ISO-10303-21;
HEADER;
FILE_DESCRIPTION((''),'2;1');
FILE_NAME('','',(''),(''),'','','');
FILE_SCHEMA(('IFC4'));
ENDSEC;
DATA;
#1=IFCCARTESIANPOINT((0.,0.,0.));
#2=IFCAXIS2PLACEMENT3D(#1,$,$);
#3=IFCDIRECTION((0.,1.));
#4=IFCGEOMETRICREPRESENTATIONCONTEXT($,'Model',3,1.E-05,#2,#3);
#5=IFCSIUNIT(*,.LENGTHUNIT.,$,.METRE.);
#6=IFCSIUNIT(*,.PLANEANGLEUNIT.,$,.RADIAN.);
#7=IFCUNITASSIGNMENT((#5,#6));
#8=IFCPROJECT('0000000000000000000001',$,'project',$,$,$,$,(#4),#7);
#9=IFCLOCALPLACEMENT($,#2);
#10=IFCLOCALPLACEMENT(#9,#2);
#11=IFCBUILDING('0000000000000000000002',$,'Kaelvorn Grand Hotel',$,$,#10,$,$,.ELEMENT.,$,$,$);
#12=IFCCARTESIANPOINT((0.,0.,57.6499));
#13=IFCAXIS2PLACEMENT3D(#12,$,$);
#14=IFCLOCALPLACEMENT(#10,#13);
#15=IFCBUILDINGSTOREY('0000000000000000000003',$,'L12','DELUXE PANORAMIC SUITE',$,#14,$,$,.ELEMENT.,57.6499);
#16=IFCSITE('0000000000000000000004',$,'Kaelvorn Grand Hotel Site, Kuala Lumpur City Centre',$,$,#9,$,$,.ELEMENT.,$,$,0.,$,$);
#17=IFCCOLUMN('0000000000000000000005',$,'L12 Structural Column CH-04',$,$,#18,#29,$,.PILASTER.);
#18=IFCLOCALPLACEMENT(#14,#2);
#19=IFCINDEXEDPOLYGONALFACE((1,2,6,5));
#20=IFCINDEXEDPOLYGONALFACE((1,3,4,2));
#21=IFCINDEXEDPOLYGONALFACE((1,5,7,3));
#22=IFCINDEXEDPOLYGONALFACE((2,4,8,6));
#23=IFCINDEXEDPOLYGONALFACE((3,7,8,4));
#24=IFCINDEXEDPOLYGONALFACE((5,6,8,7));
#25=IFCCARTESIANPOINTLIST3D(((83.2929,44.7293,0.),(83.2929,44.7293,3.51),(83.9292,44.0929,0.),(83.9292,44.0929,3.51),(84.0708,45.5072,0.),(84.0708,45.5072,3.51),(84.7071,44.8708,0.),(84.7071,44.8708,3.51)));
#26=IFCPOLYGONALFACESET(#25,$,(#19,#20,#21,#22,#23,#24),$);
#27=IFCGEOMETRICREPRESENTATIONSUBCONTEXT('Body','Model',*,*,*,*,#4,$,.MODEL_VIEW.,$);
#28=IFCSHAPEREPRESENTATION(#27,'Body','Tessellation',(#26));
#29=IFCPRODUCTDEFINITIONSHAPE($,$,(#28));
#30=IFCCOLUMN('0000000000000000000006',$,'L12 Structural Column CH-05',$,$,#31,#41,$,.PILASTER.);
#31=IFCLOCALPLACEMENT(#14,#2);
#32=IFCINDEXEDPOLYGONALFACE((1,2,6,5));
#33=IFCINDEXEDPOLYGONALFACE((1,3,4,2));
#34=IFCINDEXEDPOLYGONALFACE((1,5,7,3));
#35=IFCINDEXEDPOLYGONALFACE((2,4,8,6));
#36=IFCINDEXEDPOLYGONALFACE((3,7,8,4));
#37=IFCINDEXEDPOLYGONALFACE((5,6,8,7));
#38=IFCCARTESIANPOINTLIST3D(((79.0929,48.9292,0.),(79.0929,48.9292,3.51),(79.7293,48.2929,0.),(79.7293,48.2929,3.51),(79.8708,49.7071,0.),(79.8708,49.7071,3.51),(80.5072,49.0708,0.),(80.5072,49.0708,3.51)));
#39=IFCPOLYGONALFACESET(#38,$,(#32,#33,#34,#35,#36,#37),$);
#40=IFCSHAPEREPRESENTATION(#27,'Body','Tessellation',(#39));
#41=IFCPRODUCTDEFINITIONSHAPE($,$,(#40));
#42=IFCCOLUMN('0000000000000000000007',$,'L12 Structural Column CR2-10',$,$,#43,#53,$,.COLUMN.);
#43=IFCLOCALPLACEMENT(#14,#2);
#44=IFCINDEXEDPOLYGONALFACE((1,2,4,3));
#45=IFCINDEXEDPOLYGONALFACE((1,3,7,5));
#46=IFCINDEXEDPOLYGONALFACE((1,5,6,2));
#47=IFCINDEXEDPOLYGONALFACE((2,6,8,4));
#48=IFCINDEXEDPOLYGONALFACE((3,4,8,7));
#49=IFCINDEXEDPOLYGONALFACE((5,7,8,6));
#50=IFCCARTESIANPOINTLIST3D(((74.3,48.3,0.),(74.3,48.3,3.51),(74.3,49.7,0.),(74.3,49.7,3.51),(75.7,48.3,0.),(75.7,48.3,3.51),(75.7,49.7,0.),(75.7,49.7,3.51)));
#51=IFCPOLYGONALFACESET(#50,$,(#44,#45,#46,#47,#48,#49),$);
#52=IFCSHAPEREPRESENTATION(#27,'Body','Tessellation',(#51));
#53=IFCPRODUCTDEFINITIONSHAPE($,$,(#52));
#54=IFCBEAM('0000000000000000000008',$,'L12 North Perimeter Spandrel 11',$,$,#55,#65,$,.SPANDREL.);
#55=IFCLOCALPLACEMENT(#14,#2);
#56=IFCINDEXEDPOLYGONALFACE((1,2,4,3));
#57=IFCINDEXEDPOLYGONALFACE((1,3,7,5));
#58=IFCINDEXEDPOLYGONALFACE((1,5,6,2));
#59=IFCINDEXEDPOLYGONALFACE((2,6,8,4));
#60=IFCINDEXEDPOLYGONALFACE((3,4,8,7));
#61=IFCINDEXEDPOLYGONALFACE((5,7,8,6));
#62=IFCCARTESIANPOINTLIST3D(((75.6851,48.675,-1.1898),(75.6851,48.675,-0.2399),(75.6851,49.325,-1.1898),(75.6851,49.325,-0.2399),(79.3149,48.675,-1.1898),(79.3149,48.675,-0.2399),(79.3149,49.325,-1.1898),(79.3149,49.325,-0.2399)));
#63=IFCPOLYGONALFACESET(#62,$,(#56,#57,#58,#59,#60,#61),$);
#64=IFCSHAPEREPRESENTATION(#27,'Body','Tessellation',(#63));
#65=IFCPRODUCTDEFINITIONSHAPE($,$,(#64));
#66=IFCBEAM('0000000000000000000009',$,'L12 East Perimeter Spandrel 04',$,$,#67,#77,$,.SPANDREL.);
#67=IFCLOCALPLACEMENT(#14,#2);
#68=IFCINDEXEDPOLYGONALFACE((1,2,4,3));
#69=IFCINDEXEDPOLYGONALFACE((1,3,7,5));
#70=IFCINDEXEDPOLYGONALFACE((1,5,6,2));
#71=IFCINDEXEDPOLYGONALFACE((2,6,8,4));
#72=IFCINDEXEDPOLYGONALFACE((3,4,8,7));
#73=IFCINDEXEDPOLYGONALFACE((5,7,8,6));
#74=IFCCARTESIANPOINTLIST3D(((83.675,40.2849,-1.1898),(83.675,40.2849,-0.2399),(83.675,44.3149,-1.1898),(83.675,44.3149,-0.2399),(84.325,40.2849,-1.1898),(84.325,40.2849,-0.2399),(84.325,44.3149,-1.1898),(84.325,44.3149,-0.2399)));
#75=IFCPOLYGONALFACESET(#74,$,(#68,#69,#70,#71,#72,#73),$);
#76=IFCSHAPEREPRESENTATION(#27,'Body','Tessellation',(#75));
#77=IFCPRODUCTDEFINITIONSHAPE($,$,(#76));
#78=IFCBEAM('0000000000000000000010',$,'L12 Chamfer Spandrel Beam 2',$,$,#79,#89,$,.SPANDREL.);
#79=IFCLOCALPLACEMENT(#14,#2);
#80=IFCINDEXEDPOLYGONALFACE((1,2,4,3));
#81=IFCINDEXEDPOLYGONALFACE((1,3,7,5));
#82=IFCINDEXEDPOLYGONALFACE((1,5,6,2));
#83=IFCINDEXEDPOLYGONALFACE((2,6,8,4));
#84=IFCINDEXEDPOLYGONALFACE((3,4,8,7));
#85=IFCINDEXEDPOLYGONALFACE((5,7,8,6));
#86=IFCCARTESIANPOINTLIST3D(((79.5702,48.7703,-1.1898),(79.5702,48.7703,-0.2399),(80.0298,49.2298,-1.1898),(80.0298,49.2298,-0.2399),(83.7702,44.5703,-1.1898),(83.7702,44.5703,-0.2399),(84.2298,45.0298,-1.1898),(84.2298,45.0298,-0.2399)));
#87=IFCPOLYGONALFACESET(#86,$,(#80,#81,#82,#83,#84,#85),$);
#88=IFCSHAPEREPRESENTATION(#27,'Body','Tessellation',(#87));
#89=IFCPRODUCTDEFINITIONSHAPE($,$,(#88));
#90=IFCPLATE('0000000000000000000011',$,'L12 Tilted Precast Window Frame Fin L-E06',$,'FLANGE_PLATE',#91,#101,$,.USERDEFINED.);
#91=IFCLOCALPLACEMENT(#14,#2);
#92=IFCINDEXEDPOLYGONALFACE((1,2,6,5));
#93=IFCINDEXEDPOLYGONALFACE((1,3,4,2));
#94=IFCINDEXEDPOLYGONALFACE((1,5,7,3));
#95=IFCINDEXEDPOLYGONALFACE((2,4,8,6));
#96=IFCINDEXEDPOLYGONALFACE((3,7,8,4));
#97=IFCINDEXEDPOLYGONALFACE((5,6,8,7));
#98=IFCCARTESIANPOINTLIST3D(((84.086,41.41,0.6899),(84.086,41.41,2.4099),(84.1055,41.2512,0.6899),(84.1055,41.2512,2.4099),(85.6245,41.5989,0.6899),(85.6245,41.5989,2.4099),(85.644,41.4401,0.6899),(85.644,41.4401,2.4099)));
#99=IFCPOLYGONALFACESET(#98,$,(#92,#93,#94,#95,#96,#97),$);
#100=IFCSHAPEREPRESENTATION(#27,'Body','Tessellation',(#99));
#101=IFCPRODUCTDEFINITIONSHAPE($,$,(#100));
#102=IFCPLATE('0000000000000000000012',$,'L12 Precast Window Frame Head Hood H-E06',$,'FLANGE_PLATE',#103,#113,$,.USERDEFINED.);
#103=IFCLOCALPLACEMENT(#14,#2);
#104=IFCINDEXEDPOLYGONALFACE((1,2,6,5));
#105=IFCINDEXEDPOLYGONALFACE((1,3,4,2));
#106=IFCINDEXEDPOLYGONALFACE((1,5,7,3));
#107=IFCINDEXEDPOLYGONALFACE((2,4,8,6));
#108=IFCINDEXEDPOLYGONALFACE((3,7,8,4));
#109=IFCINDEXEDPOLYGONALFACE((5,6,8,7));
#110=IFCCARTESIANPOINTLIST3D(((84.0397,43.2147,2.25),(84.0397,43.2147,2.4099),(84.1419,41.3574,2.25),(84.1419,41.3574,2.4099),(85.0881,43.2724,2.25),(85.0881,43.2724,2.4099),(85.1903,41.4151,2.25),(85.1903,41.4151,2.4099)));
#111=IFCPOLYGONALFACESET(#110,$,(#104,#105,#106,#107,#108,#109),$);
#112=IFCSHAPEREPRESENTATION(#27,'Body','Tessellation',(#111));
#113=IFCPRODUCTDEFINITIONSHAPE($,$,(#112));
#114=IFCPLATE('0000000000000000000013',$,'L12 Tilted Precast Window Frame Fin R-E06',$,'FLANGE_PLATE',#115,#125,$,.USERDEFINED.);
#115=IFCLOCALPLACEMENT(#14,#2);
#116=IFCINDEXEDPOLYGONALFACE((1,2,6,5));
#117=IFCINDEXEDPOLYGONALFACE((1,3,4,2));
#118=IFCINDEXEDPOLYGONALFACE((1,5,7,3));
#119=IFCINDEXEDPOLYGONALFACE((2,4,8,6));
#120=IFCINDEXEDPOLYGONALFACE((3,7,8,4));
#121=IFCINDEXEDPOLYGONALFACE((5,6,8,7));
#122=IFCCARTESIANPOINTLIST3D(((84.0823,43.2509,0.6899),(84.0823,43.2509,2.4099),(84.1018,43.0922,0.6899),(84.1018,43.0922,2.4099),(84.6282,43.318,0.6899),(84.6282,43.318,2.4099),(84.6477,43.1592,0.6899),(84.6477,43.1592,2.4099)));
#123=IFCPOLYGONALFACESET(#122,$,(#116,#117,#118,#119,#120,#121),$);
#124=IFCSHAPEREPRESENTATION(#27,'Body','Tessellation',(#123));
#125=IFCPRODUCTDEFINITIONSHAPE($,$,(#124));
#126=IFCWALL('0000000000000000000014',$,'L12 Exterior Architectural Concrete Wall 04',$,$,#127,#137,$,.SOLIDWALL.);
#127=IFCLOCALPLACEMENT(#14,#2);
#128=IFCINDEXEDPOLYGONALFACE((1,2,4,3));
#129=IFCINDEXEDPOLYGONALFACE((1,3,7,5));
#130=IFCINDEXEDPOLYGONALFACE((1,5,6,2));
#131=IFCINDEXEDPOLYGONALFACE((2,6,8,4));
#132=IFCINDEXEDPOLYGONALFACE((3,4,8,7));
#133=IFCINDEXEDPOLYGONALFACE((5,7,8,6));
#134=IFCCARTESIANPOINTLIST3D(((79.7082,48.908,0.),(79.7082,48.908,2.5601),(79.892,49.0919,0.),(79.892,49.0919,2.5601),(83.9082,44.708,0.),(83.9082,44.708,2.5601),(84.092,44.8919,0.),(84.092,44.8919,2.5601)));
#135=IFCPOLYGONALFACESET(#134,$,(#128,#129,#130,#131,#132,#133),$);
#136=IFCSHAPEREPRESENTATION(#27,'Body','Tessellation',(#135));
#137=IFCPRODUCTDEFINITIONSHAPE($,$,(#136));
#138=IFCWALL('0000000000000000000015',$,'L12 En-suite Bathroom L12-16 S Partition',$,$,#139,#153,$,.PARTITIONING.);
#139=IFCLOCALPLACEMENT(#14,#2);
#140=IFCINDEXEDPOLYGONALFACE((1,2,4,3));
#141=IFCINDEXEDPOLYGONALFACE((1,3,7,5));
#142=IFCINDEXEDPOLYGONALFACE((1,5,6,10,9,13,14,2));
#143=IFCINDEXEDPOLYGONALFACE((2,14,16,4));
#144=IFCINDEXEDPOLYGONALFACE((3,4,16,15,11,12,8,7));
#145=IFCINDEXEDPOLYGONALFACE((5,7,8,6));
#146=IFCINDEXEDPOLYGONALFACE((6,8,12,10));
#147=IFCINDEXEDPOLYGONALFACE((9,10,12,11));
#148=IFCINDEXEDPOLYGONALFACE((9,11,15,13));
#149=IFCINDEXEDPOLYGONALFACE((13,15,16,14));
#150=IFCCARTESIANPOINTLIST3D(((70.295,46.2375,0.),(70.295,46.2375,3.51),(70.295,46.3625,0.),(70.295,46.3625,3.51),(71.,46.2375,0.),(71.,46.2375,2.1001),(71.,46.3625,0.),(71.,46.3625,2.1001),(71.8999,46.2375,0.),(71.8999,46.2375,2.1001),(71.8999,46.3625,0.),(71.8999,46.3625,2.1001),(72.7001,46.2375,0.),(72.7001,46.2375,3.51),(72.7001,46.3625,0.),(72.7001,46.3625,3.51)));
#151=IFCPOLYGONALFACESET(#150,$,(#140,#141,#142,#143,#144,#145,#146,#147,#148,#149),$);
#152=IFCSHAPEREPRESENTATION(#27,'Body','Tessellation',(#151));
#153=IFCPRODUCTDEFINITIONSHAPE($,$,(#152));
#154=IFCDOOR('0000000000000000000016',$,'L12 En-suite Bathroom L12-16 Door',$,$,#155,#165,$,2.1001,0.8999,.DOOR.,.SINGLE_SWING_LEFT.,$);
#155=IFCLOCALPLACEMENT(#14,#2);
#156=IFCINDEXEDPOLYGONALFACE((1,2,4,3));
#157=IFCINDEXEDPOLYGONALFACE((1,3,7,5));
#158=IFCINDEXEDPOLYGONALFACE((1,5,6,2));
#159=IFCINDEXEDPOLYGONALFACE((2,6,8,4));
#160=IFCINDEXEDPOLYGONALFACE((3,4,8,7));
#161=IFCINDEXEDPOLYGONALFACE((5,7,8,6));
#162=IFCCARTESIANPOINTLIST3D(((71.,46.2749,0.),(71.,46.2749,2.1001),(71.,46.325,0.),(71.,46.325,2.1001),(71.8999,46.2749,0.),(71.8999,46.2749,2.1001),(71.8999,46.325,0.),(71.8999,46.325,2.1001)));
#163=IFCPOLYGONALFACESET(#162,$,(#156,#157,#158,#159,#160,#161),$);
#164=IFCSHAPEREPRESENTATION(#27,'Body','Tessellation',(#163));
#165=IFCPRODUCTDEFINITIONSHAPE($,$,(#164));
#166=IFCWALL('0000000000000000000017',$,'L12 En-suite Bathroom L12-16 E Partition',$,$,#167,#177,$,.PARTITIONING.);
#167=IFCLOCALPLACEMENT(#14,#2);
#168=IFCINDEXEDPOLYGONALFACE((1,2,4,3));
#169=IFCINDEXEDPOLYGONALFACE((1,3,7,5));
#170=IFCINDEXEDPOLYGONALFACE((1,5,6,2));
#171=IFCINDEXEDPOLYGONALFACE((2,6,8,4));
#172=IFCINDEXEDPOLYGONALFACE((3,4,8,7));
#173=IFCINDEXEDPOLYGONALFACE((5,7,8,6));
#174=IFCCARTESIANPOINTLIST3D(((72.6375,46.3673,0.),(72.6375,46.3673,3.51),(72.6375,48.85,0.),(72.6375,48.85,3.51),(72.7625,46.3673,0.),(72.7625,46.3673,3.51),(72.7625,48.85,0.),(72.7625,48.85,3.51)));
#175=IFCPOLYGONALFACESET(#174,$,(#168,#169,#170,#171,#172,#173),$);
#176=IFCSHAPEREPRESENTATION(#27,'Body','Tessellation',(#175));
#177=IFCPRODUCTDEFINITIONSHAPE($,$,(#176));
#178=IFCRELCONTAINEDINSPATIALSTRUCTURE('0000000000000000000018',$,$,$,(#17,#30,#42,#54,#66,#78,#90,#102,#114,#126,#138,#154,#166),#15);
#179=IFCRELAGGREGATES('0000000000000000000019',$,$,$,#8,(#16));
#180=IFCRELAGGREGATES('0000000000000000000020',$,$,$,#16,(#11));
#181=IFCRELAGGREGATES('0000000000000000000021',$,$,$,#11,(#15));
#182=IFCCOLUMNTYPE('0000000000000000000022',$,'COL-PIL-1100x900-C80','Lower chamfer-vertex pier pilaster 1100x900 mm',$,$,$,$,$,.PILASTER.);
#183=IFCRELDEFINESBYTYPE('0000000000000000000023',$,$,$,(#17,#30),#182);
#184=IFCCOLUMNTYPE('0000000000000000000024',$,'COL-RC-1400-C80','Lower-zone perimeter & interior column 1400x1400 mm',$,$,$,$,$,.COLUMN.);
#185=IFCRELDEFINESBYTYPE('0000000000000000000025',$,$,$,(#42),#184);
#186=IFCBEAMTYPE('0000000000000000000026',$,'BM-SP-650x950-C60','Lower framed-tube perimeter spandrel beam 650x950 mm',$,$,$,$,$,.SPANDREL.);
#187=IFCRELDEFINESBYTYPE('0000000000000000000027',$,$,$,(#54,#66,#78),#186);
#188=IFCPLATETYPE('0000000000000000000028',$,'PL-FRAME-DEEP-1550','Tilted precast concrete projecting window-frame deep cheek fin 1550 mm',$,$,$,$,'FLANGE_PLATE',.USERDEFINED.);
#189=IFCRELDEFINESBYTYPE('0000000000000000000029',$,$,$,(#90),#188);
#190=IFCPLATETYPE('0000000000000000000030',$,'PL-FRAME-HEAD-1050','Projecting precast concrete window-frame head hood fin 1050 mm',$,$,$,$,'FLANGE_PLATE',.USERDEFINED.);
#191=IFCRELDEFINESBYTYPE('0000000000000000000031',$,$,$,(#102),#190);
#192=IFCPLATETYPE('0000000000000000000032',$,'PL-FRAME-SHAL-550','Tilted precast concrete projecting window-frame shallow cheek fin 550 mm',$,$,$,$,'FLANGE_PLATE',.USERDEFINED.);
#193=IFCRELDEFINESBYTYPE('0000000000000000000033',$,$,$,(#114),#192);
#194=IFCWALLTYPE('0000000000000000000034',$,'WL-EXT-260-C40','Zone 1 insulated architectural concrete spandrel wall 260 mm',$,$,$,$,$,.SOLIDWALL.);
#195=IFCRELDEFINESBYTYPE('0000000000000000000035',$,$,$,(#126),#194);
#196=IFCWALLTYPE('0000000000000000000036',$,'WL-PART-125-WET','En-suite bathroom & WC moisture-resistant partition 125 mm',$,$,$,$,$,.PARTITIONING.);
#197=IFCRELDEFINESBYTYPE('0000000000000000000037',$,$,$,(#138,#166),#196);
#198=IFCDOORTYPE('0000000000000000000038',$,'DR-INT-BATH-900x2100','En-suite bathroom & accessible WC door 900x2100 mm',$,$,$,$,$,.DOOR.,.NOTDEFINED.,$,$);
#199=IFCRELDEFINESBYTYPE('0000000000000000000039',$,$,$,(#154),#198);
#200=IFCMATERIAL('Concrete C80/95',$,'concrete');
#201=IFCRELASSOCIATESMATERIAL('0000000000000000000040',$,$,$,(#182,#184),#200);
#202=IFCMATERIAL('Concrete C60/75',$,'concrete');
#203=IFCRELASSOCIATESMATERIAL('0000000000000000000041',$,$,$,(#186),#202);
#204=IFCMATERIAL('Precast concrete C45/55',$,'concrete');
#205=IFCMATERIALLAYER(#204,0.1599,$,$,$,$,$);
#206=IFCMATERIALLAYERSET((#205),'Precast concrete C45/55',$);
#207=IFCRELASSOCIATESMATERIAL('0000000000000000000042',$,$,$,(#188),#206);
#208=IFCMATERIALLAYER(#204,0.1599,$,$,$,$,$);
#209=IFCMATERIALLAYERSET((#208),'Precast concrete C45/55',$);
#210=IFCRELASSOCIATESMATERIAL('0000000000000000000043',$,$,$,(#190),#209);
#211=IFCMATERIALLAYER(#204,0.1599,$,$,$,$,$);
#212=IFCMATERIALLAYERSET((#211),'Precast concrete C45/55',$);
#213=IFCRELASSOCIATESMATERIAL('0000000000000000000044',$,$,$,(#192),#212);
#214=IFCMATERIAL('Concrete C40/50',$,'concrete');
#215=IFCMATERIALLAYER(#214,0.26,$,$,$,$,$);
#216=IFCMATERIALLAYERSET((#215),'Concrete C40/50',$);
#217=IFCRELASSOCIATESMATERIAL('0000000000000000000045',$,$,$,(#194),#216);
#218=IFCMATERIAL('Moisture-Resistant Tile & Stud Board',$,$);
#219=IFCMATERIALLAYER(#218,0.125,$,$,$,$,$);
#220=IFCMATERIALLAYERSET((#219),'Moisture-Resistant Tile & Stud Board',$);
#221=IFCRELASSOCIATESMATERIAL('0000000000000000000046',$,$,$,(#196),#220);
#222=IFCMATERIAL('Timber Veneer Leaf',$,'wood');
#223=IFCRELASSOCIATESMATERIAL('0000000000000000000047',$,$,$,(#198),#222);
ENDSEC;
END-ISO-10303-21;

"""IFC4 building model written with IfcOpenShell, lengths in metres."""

from ifc_helpers import new_model, si_unit, direction, frame, frame_2d, origin, origin_2d, place, context, subcontext, project, spatial, rectangle, extrude, material, layer, layer_set, material_profile, profile_set, type_object, element, fill, save


model = new_model("IFC4")

# Units and contexts
model_context = context("Model", 3, precision=1e-05, world=origin(), true_north=direction((0.0, 1.0)))
body_context = subcontext(model_context, "Body", "Model", "MODEL_VIEW")
ifc_project = project(units=[si_unit("LENGTHUNIT", "METRE"), si_unit("PLANEANGLEUNIT", "RADIAN")], contexts=[model_context])

# Site, building, storey
site_placement = place(None, origin())
site = spatial("IfcSite", under=ifc_project, at=site_placement, Name="Kaelvorn Grand Hotel Site, Kuala Lumpur City Centre", CompositionType="ELEMENT", RefElevation=0.0)
building_placement = place(site_placement, origin())
building = spatial("IfcBuilding", under=site, at=building_placement, Name="Kaelvorn Grand Hotel", CompositionType="ELEMENT")
storey_placement = place(building_placement, frame((0.0, 0.0, 57.6499)))
storey = spatial("IfcBuildingStorey", under=building, at=storey_placement, Name="L12", Description="DELUXE PANORAMIC SUITE", CompositionType="ELEMENT", Elevation=57.6499)

# Columns
ifc_material_1 = material(Name="Concrete C80/95", Category="concrete")
ifc_material_profile_1 = material_profile(ifc_material_1, rectangle(XDim=1.1001, YDim=0.8999, at=origin_2d()), Name="RC PILASTER 1100x900")
ifc_profile_set_1 = profile_set([ifc_material_profile_1], Name="Concrete C80/95")
column_type_1 = type_object("IfcColumnType", Name="COL-PIL-1100x900-C80", Description="Lower chamfer-vertex pier pilaster 1100x900 mm", PredefinedType="PILASTER", material=ifc_profile_set_1)
for number, where, z_axis, x_axis, name in (
    (1, (84.0, 44.8, 0.0), (0.0, 0.0, 1.0), (0.707107, 0.707107, 0.0), "L12 Structural Column CH-04"),
    (2, (79.8, 49.0, 0.0), (0.0, 0.0, 1.0), (0.707107, 0.707107, 0.0), "L12 Structural Column CH-05"),
):
    element("IfcColumn", number, at=place(storey_placement, frame(where, z_axis=z_axis, x_axis=x_axis)), inside=storey, type_object=column_type_1, Name=name, PredefinedType="PILASTER", context=body_context, shape_type="SweptSolid", body=[
        extrude(rectangle(XDim=1.1001, YDim=0.8999, at=origin_2d()), origin(), (0.0, 0.0, 1.0), 3.51),
    ])
ifc_material_profile_2 = material_profile(ifc_material_1, rectangle(XDim=1.3999, YDim=1.3999, at=origin_2d()), Name="RC COL 1400x1400")
ifc_profile_set_2 = profile_set([ifc_material_profile_2], Name="Concrete C80/95")
column_type_2 = type_object("IfcColumnType", Name="COL-RC-1400-C80", Description="Lower-zone perimeter & interior column 1400x1400 mm", PredefinedType="COLUMN", material=ifc_profile_set_2)
column_placement = place(storey_placement, frame((75.0, 49.0, 0.0), z_axis=(0.0, 0.0, 1.0), x_axis=(1.0, 0.0, 0.0)))
element("IfcColumn", 3, at=column_placement, inside=storey, type_object=column_type_2, Name="L12 Structural Column CR2-10", PredefinedType="COLUMN", context=body_context, shape_type="SweptSolid", body=[
    extrude(rectangle(XDim=1.3999, YDim=1.3999, at=origin_2d()), origin(), (0.0, 0.0, 1.0), 3.51),
])

# Beams
ifc_material_2 = material(Name="Concrete C60/75", Category="concrete")
ifc_material_profile_3 = material_profile(ifc_material_2, rectangle(XDim=0.6499, YDim=0.95, at=origin_2d()), Name="RC SPANDREL 650x950")
ifc_profile_set_3 = profile_set([ifc_material_profile_3], Name="Concrete C60/75")
beam_type = type_object("IfcBeamType", Name="BM-SP-650x950-C60", Description="Lower framed-tube perimeter spandrel beam 650x950 mm", PredefinedType="SPANDREL", material=ifc_profile_set_3)
beam_1_placement = place(storey_placement, frame((75.6851, 49.0, -0.7148), z_axis=(1.0, 0.0, 0.0), x_axis=(0.0, 1.0, 0.0)))
element("IfcBeam", 4, at=beam_1_placement, inside=storey, type_object=beam_type, Name="L12 North Perimeter Spandrel 11", PredefinedType="SPANDREL", context=body_context, shape_type="SweptSolid", body=[
    extrude(rectangle(XDim=0.6499, YDim=0.95, at=origin_2d()), origin(), (0.0, 0.0, 1.0), 3.6299),
])
beam_2_placement = place(storey_placement, frame((84.0, 40.2849, -0.7148), z_axis=(0.0, 1.0, 0.0), x_axis=(-1.0, 0.0, 0.0)))
element("IfcBeam", 5, at=beam_2_placement, inside=storey, type_object=beam_type, Name="L12 East Perimeter Spandrel 04", PredefinedType="SPANDREL", context=body_context, shape_type="SweptSolid", body=[
    extrude(rectangle(XDim=0.6499, YDim=0.95, at=origin_2d()), origin(), (0.0, 0.0, 1.0), 4.03),
])
beam_3_placement = place(storey_placement, frame((84.0, 44.8, -0.7148), z_axis=(-0.707107, 0.707107, 0.0), x_axis=(-0.707107, -0.707107, 0.0)))
element("IfcBeam", 6, at=beam_3_placement, inside=storey, type_object=beam_type, Name="L12 Chamfer Spandrel Beam 2", PredefinedType="SPANDREL", context=body_context, shape_type="SweptSolid", body=[
    extrude(rectangle(XDim=0.6499, YDim=0.95, at=origin_2d()), origin(), (0.0, 0.0, 1.0), 5.9397),
])

# Plates
ifc_material_3 = material(Name="Precast concrete C45/55", Category="concrete")
ifc_layer_1 = layer(ifc_material_3, 0.1599)
ifc_layer_set_1 = layer_set([ifc_layer_1], Name="Precast concrete C45/55")
plate_type_1 = type_object("IfcPlateType", Name="PL-FRAME-DEEP-1550", Description="Tilted precast concrete projecting window-frame deep cheek fin 1550 mm", ElementType="FLANGE_PLATE", PredefinedType="USERDEFINED", material=ifc_layer_set_1)
plate_1_placement = place(storey_placement, frame((84.865, 41.425, 0.6899), z_axis=(0.0, 0.0, 1.0), x_axis=(-0.121869, 0.992546, 0.0)))
element("IfcPlate", 7, at=plate_1_placement, inside=storey, type_object=plate_type_1, Name="L12 Tilted Precast Window Frame Fin L-E06", ObjectType="FLANGE_PLATE", PredefinedType="USERDEFINED", context=body_context, shape_type="SweptSolid", body=[
    extrude(rectangle(XDim=0.1599, YDim=1.55, at=origin_2d()), origin(), (0.0, 0.0, 1.0), 1.72),
])
ifc_layer_2 = layer(ifc_material_3, 0.1599)
ifc_layer_set_2 = layer_set([ifc_layer_2], Name="Precast concrete C45/55")
plate_type_2 = type_object("IfcPlateType", Name="PL-FRAME-HEAD-1050", Description="Projecting precast concrete window-frame head hood fin 1050 mm", ElementType="FLANGE_PLATE", PredefinedType="USERDEFINED", material=ifc_layer_set_2)
plate_2_placement = place(storey_placement, frame((84.615, 42.3149, 2.25), z_axis=(0.0, 0.0, 1.0), x_axis=(-0.05495, 0.998489, 0.0)))
element("IfcPlate", 8, at=plate_2_placement, inside=storey, type_object=plate_type_2, Name="L12 Precast Window Frame Head Hood H-E06", ObjectType="FLANGE_PLATE", PredefinedType="USERDEFINED", context=body_context, shape_type="SweptSolid", body=[
    extrude(rectangle(XDim=1.8601, YDim=1.05, at=origin_2d()), origin(), (0.0, 0.0, 1.0), 0.1599),
])
ifc_layer_3 = layer(ifc_material_3, 0.1599)
ifc_layer_set_3 = layer_set([ifc_layer_3], Name="Precast concrete C45/55")
plate_type_3 = type_object("IfcPlateType", Name="PL-FRAME-SHAL-550", Description="Tilted precast concrete projecting window-frame shallow cheek fin 550 mm", ElementType="FLANGE_PLATE", PredefinedType="USERDEFINED", material=ifc_layer_set_3)
plate_3_placement = place(storey_placement, frame((84.365, 43.2051, 0.6899), z_axis=(0.0, 0.0, 1.0), x_axis=(-0.121869, 0.992546, 0.0)))
element("IfcPlate", 9, at=plate_3_placement, inside=storey, type_object=plate_type_3, Name="L12 Tilted Precast Window Frame Fin R-E06", ObjectType="FLANGE_PLATE", PredefinedType="USERDEFINED", context=body_context, shape_type="SweptSolid", body=[
    extrude(rectangle(XDim=0.1599, YDim=0.55, at=origin_2d()), origin(), (0.0, 0.0, 1.0), 1.72),
])

# Wall
ifc_material_4 = material(Name="Concrete C40/50", Category="concrete")
ifc_layer_4 = layer(ifc_material_4, 0.26)
ifc_layer_set_4 = layer_set([ifc_layer_4], Name="Concrete C40/50")
wall_type_1 = type_object("IfcWallType", Name="WL-EXT-260-C40", Description="Zone 1 insulated architectural concrete spandrel wall 260 mm", PredefinedType="SOLIDWALL", material=ifc_layer_set_4)
wall_1_placement = place(storey_placement, frame((84.0, 44.8, 0.0), z_axis=(0.0, 0.0, 1.0), x_axis=(-0.707107, 0.707107, 0.0)))
element("IfcWall", 10, at=wall_1_placement, inside=storey, type_object=wall_type_1, Name="L12 Exterior Architectural Concrete Wall 04", PredefinedType="SOLIDWALL", context=body_context, shape_type="SweptSolid", body=[
    extrude(rectangle(XDim=5.9397, YDim=0.26, at=frame_2d((2.9697, 0.0))), origin(), (0.0, 0.0, 1.0), 2.5601),
])

# Wall, opening, door
ifc_material_5 = material(Name="Moisture-Resistant Tile & Stud Board")
ifc_layer_5 = layer(ifc_material_5, 0.125)
ifc_layer_set_5 = layer_set([ifc_layer_5], Name="Moisture-Resistant Tile & Stud Board")
wall_type_2 = type_object("IfcWallType", Name="WL-PART-125-WET", Description="En-suite bathroom & WC moisture-resistant partition 125 mm", PredefinedType="PARTITIONING", material=ifc_layer_set_5)
wall_2_placement = place(storey_placement, frame((70.2949, 46.3, 0.0), z_axis=(0.0, 0.0, 1.0), x_axis=(1.0, 0.0, 0.0)))
wall_2 = element("IfcWall", 11, at=wall_2_placement, inside=storey, type_object=wall_type_2, Name="L12 En-suite Bathroom L12-16 S Partition", PredefinedType="PARTITIONING", context=body_context, shape_type="SweptSolid", body=[
    extrude(rectangle(XDim=2.405, YDim=0.125, at=frame_2d((1.2026, 0.0))), origin(), (0.0, 0.0, 1.0), 3.51),
])
opening_1_placement = place(wall_2_placement, frame((0.7051, 0.0, 0.0)))
opening_1 = element("IfcOpeningElement", 12, at=opening_1_placement, cuts=wall_2, PredefinedType="OPENING", context=body_context, shape_type="SweptSolid", body=[
    extrude(rectangle(XDim=0.8999, YDim=2.1001, at=frame_2d((0.45, 1.05))), frame((0.0, 0.0725, 0.0), z_axis=(0.0, -1.0, 0.0), x_axis=(1.0, 0.0, 0.0)), (0.0, 0.0, 1.0), 0.145),
])
ifc_material_6 = material(Name="Timber Veneer Leaf", Category="wood")
door_type = type_object("IfcDoorType", Name="DR-INT-BATH-900x2100", Description="En-suite bathroom & accessible WC door 900x2100 mm", OperationType="NOTDEFINED", PredefinedType="DOOR", material=ifc_material_6)
door_placement = place(opening_1_placement, origin())
door = element("IfcDoor", 13, at=door_placement, inside=storey, type_object=door_type, Name="L12 En-suite Bathroom L12-16 Door", OperationType="SINGLE_SWING_LEFT", OverallHeight=2.1001, OverallWidth=0.8999, PredefinedType="DOOR", context=body_context, shape_type="SweptSolid", body=[
    extrude(rectangle(XDim=0.8999, YDim=2.1001, at=frame_2d((0.45, 1.05))), frame((0.0, 0.0249, 0.0), z_axis=(0.0, -1.0, 0.0), x_axis=(1.0, 0.0, 0.0)), (0.0, 0.0, 1.0), 0.05),
])
fill(opening_1, door)

# Wall
wall_3_placement = place(storey_placement, frame((72.7, 46.3674, 0.0), z_axis=(0.0, 0.0, 1.0), x_axis=(0.0, 1.0, 0.0)))
element("IfcWall", 14, at=wall_3_placement, inside=storey, type_object=wall_type_2, Name="L12 En-suite Bathroom L12-16 E Partition", PredefinedType="PARTITIONING", context=body_context, shape_type="SweptSolid", body=[
    extrude(rectangle(XDim=2.4827, YDim=0.125, at=frame_2d((1.2412, 0.0))), origin(), (0.0, 0.0, 1.0), 3.51),
])

save(model, "model.ifc")
